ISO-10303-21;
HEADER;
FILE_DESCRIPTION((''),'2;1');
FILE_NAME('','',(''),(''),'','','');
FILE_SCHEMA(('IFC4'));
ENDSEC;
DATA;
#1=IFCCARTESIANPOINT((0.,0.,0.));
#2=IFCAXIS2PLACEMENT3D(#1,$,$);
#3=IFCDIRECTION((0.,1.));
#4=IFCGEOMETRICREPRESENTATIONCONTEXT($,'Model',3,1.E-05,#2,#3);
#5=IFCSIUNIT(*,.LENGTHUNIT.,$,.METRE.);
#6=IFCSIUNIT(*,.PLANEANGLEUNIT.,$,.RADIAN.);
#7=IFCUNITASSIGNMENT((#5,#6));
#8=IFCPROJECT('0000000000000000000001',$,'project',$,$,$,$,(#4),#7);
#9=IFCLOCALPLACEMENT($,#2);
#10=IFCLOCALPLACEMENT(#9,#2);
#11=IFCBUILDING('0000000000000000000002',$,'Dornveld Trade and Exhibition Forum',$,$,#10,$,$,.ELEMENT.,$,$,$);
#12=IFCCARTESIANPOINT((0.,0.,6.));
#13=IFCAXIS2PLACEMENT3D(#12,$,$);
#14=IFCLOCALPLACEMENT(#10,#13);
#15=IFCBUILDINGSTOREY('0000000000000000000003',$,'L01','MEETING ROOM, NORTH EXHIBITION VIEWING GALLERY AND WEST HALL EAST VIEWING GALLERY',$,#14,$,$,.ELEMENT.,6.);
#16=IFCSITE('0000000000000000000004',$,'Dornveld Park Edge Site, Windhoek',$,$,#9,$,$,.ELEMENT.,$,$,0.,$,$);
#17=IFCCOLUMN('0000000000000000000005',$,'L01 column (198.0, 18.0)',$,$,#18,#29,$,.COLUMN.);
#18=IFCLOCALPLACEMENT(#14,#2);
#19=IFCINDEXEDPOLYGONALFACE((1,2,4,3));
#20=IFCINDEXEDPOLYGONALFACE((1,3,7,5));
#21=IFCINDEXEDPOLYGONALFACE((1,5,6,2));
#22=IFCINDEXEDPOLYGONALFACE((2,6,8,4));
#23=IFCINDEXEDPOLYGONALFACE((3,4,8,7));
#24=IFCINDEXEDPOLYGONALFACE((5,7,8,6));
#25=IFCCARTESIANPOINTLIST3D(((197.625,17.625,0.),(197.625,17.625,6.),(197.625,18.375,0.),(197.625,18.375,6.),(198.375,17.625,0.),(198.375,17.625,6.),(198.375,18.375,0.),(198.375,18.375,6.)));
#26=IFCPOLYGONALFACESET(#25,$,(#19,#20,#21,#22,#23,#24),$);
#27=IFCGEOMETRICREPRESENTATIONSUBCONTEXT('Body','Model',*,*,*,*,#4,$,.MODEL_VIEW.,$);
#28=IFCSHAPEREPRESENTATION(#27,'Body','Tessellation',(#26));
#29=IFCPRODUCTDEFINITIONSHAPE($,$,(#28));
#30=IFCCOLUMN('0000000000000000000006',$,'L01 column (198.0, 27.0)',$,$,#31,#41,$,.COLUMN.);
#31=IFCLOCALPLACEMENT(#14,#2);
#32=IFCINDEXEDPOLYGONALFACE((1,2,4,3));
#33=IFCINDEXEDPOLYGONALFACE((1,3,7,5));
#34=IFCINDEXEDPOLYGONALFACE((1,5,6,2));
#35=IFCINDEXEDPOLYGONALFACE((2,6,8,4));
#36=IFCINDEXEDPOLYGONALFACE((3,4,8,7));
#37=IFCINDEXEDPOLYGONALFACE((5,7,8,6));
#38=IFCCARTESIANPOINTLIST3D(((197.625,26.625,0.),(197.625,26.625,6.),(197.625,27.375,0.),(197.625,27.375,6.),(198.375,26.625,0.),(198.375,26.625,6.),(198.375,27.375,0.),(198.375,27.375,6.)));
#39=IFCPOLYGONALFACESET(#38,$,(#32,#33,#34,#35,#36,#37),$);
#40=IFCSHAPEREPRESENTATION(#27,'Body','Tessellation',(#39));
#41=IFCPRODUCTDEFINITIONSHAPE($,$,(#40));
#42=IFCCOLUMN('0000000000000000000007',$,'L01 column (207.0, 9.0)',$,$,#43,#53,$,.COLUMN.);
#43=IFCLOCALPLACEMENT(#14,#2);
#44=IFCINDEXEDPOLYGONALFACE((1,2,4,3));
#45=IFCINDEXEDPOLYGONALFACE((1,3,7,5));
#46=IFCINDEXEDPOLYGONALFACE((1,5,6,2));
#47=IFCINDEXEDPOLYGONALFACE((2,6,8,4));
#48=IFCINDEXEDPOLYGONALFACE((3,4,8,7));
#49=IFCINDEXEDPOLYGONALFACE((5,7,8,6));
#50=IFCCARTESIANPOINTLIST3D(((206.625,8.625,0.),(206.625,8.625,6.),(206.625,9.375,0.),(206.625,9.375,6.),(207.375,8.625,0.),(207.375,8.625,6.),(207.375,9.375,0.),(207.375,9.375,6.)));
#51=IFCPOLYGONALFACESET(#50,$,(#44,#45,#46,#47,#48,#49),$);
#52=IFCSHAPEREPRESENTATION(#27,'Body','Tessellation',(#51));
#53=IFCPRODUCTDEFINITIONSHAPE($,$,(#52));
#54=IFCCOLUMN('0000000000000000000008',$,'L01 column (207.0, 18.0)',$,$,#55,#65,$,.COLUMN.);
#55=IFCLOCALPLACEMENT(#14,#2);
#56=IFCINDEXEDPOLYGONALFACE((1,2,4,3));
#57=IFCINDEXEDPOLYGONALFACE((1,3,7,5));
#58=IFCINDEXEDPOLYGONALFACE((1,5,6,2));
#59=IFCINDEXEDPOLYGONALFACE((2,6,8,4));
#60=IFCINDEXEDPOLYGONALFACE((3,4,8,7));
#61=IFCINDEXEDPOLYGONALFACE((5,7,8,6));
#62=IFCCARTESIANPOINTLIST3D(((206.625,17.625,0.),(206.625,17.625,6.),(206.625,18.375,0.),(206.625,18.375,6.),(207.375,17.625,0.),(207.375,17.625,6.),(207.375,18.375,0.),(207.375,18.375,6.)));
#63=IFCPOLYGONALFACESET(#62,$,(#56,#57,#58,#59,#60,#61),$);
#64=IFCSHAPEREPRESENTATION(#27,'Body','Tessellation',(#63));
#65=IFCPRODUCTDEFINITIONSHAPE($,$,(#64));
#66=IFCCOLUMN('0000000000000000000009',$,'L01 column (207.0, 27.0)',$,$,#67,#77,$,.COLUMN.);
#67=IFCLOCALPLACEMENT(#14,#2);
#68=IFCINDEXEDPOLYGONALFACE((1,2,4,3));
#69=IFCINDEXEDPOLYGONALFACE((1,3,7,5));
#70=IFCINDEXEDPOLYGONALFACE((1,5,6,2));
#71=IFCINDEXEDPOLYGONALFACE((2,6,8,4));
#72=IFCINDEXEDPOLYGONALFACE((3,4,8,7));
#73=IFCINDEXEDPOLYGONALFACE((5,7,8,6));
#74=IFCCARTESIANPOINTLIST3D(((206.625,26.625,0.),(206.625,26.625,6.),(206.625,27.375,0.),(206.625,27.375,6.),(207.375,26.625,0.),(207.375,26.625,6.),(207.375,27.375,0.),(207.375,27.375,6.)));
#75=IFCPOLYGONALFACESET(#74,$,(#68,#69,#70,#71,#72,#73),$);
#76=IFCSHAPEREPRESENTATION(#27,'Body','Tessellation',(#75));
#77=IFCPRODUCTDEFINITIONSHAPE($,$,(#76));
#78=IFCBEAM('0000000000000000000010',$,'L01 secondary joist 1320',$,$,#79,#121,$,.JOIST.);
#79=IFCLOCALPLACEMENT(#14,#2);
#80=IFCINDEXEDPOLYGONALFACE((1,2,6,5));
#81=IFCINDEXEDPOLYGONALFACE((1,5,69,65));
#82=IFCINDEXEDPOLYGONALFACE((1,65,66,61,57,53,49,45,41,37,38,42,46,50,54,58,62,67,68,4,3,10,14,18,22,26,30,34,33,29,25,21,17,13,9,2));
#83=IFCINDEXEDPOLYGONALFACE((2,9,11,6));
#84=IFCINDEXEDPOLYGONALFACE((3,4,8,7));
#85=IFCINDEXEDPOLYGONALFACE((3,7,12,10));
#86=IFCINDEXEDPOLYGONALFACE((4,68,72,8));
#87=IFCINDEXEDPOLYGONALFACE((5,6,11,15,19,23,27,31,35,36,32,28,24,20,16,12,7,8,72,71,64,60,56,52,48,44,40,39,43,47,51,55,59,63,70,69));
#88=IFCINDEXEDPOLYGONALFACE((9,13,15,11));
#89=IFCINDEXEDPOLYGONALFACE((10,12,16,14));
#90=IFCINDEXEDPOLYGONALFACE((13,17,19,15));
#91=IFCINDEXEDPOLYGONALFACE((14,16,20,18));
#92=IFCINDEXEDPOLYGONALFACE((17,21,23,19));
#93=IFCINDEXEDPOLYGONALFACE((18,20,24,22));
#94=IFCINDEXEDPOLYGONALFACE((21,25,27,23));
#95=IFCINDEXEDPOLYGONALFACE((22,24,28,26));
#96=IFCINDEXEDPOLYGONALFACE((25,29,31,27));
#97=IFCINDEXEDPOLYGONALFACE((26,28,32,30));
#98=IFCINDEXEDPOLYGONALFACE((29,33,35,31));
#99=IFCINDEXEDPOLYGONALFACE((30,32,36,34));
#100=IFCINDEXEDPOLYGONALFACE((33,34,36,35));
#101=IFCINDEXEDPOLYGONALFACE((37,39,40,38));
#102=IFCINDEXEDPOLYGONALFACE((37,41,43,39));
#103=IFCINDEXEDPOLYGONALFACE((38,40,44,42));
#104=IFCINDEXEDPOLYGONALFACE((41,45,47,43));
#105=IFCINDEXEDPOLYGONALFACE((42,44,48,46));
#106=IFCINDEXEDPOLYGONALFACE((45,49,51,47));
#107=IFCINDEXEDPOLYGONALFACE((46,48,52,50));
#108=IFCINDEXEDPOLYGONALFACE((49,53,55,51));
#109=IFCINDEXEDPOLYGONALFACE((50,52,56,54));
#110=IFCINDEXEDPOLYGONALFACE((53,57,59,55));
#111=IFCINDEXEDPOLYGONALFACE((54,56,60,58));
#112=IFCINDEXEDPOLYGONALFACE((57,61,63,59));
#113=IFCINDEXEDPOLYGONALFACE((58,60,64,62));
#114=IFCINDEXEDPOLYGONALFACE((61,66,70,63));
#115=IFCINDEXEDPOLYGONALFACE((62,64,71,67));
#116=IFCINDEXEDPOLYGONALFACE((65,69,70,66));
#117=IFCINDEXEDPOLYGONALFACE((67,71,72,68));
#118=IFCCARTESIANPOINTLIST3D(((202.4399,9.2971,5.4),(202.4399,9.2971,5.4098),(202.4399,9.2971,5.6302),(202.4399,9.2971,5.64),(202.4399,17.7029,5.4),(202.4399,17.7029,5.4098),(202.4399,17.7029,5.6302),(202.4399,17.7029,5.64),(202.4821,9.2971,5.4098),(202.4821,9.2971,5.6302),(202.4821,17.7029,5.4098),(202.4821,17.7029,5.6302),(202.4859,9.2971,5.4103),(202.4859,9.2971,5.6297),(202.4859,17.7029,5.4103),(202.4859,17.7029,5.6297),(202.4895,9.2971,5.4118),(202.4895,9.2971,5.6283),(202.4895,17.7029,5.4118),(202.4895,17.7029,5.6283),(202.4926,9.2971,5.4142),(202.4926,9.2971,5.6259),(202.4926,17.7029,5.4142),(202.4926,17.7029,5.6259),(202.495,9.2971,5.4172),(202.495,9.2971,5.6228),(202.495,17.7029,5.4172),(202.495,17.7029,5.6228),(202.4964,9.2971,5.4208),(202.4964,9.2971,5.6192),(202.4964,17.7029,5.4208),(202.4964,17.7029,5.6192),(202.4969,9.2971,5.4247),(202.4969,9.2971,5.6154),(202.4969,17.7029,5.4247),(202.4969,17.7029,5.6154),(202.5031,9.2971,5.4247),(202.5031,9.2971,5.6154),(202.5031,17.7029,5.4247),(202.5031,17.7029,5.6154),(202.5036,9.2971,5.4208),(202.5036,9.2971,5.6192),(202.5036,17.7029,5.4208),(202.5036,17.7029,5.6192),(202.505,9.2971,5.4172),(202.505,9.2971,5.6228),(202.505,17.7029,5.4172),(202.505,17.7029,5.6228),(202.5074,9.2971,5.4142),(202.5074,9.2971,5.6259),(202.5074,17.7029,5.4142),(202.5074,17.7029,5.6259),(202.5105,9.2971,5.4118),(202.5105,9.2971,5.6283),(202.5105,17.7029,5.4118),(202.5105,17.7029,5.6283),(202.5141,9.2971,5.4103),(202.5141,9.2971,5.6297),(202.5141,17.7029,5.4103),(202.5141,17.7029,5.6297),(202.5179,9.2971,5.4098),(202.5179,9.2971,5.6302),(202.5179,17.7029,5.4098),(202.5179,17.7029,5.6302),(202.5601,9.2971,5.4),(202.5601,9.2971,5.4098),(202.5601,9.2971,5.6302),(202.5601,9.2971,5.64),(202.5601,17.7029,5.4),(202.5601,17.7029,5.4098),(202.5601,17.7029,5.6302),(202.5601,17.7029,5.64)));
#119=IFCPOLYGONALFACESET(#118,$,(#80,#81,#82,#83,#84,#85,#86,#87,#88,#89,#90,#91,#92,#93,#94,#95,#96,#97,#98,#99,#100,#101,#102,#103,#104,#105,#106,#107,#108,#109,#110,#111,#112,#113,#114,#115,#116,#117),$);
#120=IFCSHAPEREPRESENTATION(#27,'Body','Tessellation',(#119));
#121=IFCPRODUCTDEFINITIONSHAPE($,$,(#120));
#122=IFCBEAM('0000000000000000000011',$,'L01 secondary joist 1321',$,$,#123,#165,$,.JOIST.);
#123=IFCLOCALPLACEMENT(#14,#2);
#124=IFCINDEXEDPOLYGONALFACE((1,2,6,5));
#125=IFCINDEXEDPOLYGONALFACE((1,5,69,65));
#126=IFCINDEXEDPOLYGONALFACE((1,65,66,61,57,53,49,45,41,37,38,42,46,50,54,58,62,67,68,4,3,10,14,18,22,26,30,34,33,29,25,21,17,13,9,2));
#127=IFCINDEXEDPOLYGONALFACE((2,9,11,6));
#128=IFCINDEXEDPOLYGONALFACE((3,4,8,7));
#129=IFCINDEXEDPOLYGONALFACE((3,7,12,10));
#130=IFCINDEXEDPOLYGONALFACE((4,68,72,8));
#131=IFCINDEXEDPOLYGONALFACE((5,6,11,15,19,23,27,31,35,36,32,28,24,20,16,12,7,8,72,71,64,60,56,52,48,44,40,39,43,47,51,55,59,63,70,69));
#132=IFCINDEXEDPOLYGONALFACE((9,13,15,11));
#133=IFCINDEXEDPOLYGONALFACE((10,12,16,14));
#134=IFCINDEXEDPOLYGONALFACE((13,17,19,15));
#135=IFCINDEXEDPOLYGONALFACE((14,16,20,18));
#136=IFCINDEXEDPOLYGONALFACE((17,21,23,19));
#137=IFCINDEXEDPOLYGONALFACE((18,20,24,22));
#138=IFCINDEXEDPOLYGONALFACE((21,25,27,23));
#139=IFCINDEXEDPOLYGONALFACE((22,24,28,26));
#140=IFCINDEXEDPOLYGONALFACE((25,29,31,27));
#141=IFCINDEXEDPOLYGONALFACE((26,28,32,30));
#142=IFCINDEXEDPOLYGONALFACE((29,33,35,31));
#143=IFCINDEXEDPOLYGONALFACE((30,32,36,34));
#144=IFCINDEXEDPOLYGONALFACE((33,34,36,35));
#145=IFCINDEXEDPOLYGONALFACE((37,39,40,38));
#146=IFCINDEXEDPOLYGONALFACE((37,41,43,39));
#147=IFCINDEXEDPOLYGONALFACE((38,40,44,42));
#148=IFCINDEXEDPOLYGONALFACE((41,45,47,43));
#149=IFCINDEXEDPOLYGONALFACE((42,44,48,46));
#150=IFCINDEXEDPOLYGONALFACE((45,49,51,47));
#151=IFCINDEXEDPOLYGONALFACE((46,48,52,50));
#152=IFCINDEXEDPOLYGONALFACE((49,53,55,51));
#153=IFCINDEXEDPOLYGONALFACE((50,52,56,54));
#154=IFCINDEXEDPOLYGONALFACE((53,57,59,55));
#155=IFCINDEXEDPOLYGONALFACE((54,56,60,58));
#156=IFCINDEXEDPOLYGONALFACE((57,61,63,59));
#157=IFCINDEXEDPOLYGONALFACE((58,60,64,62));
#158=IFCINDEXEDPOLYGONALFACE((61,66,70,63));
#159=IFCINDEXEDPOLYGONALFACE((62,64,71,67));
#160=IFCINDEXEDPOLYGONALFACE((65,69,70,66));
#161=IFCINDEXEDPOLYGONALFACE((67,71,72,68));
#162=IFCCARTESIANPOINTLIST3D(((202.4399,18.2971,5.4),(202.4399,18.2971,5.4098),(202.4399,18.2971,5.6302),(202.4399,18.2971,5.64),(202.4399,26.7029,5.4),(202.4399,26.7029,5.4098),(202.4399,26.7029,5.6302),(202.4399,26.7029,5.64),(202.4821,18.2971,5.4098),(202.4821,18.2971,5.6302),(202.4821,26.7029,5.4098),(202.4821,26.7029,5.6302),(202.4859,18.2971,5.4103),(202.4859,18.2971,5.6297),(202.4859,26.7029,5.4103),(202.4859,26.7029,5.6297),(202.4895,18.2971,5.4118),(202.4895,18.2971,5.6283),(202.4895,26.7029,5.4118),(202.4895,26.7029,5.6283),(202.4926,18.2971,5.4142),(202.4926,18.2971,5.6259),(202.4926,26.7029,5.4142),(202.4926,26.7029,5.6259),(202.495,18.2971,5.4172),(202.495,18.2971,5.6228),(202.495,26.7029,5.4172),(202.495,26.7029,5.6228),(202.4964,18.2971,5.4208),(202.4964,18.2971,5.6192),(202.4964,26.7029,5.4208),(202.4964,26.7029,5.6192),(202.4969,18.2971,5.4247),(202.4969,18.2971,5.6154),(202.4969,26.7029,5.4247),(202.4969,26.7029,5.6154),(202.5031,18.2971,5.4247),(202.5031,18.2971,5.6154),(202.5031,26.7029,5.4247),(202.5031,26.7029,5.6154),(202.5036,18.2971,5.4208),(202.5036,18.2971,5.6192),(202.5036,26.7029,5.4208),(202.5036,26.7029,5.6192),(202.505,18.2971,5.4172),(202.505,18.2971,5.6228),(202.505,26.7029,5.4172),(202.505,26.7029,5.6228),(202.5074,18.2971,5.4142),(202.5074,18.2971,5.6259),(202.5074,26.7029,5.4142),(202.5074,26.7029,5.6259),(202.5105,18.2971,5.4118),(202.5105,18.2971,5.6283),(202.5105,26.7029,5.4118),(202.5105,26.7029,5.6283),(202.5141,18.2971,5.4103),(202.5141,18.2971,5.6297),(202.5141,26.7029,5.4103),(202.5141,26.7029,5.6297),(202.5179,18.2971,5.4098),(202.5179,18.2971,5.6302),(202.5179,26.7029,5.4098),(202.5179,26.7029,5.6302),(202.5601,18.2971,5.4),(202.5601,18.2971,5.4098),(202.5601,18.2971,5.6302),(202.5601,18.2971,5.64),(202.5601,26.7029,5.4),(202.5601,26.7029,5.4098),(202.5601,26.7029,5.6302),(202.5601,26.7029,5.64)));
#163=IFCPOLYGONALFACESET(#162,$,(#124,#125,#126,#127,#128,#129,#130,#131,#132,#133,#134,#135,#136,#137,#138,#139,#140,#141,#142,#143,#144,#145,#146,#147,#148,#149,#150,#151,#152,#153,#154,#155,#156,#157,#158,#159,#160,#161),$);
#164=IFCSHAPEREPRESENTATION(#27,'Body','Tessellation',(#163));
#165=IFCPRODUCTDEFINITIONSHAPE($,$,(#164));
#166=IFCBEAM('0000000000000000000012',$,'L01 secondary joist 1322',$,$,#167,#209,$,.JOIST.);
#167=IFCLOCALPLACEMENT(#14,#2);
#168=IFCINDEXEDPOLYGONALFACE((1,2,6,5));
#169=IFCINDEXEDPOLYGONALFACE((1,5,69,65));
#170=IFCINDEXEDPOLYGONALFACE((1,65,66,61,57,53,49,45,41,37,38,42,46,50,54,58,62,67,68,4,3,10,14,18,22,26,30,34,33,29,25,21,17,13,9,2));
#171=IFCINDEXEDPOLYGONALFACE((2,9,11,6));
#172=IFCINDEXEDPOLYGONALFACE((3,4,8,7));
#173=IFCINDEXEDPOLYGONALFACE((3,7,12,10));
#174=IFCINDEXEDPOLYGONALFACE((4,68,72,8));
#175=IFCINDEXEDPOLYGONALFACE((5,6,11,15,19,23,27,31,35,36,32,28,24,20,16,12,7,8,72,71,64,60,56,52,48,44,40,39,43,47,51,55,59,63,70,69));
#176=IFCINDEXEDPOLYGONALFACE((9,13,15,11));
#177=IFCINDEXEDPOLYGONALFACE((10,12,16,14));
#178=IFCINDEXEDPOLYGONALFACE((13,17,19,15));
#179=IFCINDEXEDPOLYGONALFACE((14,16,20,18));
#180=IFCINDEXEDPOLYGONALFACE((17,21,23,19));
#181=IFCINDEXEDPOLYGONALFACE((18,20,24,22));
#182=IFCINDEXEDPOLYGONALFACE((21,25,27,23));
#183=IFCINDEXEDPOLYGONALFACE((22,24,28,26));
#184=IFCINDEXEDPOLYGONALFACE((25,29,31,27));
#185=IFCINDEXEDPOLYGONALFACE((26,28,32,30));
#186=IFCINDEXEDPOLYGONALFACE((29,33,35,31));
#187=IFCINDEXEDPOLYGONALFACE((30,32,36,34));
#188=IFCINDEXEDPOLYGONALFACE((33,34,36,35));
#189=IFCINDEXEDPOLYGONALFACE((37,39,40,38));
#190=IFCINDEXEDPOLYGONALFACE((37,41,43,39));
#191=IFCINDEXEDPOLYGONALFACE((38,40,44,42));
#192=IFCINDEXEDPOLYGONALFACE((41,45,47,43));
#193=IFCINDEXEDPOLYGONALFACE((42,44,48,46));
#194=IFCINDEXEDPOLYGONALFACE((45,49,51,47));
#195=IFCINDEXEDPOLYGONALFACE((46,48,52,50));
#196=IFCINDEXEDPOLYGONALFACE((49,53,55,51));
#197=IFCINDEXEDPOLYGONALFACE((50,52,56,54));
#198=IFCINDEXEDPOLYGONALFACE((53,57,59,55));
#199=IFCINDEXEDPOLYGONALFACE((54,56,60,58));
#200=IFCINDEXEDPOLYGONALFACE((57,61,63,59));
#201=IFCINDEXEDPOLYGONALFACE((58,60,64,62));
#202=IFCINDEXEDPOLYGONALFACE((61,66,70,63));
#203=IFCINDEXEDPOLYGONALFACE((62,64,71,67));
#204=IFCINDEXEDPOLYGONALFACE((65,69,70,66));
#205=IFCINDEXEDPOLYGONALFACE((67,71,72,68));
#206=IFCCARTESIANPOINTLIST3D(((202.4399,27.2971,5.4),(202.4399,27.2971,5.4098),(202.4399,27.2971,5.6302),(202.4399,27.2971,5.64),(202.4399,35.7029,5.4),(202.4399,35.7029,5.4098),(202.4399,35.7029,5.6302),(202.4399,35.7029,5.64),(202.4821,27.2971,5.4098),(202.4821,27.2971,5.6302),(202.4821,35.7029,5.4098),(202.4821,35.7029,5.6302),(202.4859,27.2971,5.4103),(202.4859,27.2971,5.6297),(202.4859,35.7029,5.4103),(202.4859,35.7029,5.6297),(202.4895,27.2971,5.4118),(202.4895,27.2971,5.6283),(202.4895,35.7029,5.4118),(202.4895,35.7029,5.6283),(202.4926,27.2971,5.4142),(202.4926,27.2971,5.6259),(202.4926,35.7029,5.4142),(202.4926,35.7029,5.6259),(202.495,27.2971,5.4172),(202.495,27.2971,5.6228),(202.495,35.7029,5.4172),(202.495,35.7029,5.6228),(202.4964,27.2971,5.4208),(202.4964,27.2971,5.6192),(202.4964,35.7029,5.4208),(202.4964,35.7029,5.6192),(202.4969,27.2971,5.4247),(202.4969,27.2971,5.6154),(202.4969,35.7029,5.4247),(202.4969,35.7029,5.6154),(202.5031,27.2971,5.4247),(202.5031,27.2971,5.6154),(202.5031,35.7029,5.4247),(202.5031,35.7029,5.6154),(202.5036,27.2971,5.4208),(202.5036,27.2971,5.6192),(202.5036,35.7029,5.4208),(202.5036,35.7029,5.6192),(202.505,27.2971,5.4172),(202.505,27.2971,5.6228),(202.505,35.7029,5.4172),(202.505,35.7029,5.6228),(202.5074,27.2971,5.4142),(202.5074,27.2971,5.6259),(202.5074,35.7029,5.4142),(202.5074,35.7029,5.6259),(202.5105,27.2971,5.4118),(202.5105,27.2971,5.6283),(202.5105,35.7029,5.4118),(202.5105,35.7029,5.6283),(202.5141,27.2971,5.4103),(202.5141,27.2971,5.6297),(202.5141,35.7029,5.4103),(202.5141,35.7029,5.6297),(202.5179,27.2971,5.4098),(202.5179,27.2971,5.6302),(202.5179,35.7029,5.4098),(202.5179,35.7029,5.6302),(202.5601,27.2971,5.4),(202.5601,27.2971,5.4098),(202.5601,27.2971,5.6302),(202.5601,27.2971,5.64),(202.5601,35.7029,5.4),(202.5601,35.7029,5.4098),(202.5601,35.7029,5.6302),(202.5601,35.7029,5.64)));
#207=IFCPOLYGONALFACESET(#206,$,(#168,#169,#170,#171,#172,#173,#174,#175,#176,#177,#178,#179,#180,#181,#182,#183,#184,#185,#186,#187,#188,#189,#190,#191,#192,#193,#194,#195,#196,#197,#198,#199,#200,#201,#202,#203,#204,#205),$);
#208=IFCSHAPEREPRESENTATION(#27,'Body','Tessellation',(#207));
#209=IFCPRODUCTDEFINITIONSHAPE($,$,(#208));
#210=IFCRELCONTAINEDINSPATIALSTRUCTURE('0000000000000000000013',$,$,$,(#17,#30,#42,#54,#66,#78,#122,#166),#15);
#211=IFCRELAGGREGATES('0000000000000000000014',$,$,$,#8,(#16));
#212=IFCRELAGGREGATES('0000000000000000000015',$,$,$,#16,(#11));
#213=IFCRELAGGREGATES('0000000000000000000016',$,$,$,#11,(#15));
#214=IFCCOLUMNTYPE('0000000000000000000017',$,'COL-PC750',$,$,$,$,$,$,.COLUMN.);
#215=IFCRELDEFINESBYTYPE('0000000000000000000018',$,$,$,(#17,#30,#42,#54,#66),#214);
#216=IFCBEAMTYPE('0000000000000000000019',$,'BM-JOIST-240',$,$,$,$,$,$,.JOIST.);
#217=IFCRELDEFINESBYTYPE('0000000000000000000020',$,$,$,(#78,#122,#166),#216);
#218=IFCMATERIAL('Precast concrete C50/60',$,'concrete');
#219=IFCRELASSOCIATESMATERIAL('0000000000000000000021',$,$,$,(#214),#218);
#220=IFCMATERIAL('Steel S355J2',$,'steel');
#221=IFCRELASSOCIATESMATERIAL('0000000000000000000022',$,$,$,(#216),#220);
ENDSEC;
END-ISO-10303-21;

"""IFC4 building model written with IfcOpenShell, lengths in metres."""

from ifc_helpers import new_model, si_unit, direction, frame, origin, origin_2d, place, context, subcontext, project, spatial, rectangle, i_section, extrude, material, material_profile, profile_set, type_object, element, save


model = new_model("IFC4")

# Units and contexts
model_context = context("Model", 3, precision=1e-05, world=origin(), true_north=direction((0.0, 1.0)))
body_context = subcontext(model_context, "Body", "Model", "MODEL_VIEW")
ifc_project = project(units=[si_unit("LENGTHUNIT", "METRE"), si_unit("PLANEANGLEUNIT", "RADIAN")], contexts=[model_context])

# Site, building, storey
site_placement = place(None, origin())
site = spatial("IfcSite", under=ifc_project, at=site_placement, Name="Dornveld Park Edge Site, Windhoek", CompositionType="ELEMENT", RefElevation=0.0)
building_placement = place(site_placement, origin())
building = spatial("IfcBuilding", under=site, at=building_placement, Name="Dornveld Trade and Exhibition Forum", CompositionType="ELEMENT")
storey_placement = place(building_placement, frame((0.0, 0.0, 6.0)))
storey = spatial("IfcBuildingStorey", under=building, at=storey_placement, Name="L01", Description="MEETING ROOM, NORTH EXHIBITION VIEWING GALLERY AND WEST HALL EAST VIEWING GALLERY", CompositionType="ELEMENT", Elevation=6.0)

# Columns
ifc_material_1 = material(Name="Precast concrete C50/60", Category="concrete")
ifc_material_profile_1 = material_profile(ifc_material_1, rectangle(XDim=0.75, YDim=0.75, at=origin_2d()), Name="PC-COL 750x750")
ifc_profile_set_1 = profile_set([ifc_material_profile_1], Name="Precast concrete C50/60")
column_type = type_object("IfcColumnType", Name="COL-PC750", PredefinedType="COLUMN", material=ifc_profile_set_1)
for number, where, z_axis, x_axis, name in (
    (1, (198.0, 18.0, 0.0), (0.0, 0.0, 1.0), (1.0, 0.0, 0.0), "L01 column (198.0, 18.0)"),
    (2, (198.0, 27.0, 0.0), (0.0, 0.0, 1.0), (1.0, 0.0, 0.0), "L01 column (198.0, 27.0)"),
    (3, (207.0, 9.0, 0.0), (0.0, 0.0, 1.0), (1.0, 0.0, 0.0), "L01 column (207.0, 9.0)"),
    (4, (207.0, 18.0, 0.0), (0.0, 0.0, 1.0), (1.0, 0.0, 0.0), "L01 column (207.0, 18.0)"),
    (5, (207.0, 27.0, 0.0), (0.0, 0.0, 1.0), (1.0, 0.0, 0.0), "L01 column (207.0, 27.0)"),
):
    element("IfcColumn", number, at=place(storey_placement, frame(where, z_axis=z_axis, x_axis=x_axis)), inside=storey, type_object=column_type, Name=name, PredefinedType="COLUMN", context=body_context, shape_type="SweptSolid", body=[
        extrude(rectangle(XDim=0.75, YDim=0.75, at=origin_2d()), origin(), (0.0, 0.0, 1.0), 6.0),
    ])

# Beams
ifc_material_2 = material(Name="Steel S355J2", Category="steel")
ifc_material_profile_2 = material_profile(ifc_material_2, i_section(OverallWidth=0.1201, OverallDepth=0.24, WebThickness=0.0061, FlangeThickness=0.0098, FilletRadius=0.0149, at=origin_2d()), Name="IPE 240")
ifc_profile_set_2 = profile_set([ifc_material_profile_2], Name="Steel S355J2")
beam_type_1 = type_object("IfcBeamType", Name="BM-JOIST-240", PredefinedType="JOIST", material=ifc_profile_set_2)
for number, where, z_axis, x_axis, name in (
    (6, (202.5, 9.2971, 5.52), (0.0, 1.0, 0.0), (-1.0, 0.0, 0.0), "L01 secondary joist 1320"),
    (7, (202.5, 18.2971, 5.52), (0.0, 1.0, 0.0), (-1.0, 0.0, 0.0), "L01 secondary joist 1321"),
    (8, (202.5, 27.2971, 5.52), (0.0, 1.0, 0.0), (-1.0, 0.0, 0.0), "L01 secondary joist 1322"),
):
    element("IfcBeam", number, at=place(storey_placement, frame(where, z_axis=z_axis, x_axis=x_axis)), inside=storey, type_object=beam_type_1, Name=name, PredefinedType="JOIST", context=body_context, shape_type="SweptSolid", body=[
        extrude(i_section(OverallWidth=0.1201, OverallDepth=0.24, WebThickness=0.0061, FlangeThickness=0.0098, FilletRadius=0.0149, at=origin_2d()), origin(), (0.0, 0.0, 1.0), 8.4058),
    ])

save(model, "model.ifc")
